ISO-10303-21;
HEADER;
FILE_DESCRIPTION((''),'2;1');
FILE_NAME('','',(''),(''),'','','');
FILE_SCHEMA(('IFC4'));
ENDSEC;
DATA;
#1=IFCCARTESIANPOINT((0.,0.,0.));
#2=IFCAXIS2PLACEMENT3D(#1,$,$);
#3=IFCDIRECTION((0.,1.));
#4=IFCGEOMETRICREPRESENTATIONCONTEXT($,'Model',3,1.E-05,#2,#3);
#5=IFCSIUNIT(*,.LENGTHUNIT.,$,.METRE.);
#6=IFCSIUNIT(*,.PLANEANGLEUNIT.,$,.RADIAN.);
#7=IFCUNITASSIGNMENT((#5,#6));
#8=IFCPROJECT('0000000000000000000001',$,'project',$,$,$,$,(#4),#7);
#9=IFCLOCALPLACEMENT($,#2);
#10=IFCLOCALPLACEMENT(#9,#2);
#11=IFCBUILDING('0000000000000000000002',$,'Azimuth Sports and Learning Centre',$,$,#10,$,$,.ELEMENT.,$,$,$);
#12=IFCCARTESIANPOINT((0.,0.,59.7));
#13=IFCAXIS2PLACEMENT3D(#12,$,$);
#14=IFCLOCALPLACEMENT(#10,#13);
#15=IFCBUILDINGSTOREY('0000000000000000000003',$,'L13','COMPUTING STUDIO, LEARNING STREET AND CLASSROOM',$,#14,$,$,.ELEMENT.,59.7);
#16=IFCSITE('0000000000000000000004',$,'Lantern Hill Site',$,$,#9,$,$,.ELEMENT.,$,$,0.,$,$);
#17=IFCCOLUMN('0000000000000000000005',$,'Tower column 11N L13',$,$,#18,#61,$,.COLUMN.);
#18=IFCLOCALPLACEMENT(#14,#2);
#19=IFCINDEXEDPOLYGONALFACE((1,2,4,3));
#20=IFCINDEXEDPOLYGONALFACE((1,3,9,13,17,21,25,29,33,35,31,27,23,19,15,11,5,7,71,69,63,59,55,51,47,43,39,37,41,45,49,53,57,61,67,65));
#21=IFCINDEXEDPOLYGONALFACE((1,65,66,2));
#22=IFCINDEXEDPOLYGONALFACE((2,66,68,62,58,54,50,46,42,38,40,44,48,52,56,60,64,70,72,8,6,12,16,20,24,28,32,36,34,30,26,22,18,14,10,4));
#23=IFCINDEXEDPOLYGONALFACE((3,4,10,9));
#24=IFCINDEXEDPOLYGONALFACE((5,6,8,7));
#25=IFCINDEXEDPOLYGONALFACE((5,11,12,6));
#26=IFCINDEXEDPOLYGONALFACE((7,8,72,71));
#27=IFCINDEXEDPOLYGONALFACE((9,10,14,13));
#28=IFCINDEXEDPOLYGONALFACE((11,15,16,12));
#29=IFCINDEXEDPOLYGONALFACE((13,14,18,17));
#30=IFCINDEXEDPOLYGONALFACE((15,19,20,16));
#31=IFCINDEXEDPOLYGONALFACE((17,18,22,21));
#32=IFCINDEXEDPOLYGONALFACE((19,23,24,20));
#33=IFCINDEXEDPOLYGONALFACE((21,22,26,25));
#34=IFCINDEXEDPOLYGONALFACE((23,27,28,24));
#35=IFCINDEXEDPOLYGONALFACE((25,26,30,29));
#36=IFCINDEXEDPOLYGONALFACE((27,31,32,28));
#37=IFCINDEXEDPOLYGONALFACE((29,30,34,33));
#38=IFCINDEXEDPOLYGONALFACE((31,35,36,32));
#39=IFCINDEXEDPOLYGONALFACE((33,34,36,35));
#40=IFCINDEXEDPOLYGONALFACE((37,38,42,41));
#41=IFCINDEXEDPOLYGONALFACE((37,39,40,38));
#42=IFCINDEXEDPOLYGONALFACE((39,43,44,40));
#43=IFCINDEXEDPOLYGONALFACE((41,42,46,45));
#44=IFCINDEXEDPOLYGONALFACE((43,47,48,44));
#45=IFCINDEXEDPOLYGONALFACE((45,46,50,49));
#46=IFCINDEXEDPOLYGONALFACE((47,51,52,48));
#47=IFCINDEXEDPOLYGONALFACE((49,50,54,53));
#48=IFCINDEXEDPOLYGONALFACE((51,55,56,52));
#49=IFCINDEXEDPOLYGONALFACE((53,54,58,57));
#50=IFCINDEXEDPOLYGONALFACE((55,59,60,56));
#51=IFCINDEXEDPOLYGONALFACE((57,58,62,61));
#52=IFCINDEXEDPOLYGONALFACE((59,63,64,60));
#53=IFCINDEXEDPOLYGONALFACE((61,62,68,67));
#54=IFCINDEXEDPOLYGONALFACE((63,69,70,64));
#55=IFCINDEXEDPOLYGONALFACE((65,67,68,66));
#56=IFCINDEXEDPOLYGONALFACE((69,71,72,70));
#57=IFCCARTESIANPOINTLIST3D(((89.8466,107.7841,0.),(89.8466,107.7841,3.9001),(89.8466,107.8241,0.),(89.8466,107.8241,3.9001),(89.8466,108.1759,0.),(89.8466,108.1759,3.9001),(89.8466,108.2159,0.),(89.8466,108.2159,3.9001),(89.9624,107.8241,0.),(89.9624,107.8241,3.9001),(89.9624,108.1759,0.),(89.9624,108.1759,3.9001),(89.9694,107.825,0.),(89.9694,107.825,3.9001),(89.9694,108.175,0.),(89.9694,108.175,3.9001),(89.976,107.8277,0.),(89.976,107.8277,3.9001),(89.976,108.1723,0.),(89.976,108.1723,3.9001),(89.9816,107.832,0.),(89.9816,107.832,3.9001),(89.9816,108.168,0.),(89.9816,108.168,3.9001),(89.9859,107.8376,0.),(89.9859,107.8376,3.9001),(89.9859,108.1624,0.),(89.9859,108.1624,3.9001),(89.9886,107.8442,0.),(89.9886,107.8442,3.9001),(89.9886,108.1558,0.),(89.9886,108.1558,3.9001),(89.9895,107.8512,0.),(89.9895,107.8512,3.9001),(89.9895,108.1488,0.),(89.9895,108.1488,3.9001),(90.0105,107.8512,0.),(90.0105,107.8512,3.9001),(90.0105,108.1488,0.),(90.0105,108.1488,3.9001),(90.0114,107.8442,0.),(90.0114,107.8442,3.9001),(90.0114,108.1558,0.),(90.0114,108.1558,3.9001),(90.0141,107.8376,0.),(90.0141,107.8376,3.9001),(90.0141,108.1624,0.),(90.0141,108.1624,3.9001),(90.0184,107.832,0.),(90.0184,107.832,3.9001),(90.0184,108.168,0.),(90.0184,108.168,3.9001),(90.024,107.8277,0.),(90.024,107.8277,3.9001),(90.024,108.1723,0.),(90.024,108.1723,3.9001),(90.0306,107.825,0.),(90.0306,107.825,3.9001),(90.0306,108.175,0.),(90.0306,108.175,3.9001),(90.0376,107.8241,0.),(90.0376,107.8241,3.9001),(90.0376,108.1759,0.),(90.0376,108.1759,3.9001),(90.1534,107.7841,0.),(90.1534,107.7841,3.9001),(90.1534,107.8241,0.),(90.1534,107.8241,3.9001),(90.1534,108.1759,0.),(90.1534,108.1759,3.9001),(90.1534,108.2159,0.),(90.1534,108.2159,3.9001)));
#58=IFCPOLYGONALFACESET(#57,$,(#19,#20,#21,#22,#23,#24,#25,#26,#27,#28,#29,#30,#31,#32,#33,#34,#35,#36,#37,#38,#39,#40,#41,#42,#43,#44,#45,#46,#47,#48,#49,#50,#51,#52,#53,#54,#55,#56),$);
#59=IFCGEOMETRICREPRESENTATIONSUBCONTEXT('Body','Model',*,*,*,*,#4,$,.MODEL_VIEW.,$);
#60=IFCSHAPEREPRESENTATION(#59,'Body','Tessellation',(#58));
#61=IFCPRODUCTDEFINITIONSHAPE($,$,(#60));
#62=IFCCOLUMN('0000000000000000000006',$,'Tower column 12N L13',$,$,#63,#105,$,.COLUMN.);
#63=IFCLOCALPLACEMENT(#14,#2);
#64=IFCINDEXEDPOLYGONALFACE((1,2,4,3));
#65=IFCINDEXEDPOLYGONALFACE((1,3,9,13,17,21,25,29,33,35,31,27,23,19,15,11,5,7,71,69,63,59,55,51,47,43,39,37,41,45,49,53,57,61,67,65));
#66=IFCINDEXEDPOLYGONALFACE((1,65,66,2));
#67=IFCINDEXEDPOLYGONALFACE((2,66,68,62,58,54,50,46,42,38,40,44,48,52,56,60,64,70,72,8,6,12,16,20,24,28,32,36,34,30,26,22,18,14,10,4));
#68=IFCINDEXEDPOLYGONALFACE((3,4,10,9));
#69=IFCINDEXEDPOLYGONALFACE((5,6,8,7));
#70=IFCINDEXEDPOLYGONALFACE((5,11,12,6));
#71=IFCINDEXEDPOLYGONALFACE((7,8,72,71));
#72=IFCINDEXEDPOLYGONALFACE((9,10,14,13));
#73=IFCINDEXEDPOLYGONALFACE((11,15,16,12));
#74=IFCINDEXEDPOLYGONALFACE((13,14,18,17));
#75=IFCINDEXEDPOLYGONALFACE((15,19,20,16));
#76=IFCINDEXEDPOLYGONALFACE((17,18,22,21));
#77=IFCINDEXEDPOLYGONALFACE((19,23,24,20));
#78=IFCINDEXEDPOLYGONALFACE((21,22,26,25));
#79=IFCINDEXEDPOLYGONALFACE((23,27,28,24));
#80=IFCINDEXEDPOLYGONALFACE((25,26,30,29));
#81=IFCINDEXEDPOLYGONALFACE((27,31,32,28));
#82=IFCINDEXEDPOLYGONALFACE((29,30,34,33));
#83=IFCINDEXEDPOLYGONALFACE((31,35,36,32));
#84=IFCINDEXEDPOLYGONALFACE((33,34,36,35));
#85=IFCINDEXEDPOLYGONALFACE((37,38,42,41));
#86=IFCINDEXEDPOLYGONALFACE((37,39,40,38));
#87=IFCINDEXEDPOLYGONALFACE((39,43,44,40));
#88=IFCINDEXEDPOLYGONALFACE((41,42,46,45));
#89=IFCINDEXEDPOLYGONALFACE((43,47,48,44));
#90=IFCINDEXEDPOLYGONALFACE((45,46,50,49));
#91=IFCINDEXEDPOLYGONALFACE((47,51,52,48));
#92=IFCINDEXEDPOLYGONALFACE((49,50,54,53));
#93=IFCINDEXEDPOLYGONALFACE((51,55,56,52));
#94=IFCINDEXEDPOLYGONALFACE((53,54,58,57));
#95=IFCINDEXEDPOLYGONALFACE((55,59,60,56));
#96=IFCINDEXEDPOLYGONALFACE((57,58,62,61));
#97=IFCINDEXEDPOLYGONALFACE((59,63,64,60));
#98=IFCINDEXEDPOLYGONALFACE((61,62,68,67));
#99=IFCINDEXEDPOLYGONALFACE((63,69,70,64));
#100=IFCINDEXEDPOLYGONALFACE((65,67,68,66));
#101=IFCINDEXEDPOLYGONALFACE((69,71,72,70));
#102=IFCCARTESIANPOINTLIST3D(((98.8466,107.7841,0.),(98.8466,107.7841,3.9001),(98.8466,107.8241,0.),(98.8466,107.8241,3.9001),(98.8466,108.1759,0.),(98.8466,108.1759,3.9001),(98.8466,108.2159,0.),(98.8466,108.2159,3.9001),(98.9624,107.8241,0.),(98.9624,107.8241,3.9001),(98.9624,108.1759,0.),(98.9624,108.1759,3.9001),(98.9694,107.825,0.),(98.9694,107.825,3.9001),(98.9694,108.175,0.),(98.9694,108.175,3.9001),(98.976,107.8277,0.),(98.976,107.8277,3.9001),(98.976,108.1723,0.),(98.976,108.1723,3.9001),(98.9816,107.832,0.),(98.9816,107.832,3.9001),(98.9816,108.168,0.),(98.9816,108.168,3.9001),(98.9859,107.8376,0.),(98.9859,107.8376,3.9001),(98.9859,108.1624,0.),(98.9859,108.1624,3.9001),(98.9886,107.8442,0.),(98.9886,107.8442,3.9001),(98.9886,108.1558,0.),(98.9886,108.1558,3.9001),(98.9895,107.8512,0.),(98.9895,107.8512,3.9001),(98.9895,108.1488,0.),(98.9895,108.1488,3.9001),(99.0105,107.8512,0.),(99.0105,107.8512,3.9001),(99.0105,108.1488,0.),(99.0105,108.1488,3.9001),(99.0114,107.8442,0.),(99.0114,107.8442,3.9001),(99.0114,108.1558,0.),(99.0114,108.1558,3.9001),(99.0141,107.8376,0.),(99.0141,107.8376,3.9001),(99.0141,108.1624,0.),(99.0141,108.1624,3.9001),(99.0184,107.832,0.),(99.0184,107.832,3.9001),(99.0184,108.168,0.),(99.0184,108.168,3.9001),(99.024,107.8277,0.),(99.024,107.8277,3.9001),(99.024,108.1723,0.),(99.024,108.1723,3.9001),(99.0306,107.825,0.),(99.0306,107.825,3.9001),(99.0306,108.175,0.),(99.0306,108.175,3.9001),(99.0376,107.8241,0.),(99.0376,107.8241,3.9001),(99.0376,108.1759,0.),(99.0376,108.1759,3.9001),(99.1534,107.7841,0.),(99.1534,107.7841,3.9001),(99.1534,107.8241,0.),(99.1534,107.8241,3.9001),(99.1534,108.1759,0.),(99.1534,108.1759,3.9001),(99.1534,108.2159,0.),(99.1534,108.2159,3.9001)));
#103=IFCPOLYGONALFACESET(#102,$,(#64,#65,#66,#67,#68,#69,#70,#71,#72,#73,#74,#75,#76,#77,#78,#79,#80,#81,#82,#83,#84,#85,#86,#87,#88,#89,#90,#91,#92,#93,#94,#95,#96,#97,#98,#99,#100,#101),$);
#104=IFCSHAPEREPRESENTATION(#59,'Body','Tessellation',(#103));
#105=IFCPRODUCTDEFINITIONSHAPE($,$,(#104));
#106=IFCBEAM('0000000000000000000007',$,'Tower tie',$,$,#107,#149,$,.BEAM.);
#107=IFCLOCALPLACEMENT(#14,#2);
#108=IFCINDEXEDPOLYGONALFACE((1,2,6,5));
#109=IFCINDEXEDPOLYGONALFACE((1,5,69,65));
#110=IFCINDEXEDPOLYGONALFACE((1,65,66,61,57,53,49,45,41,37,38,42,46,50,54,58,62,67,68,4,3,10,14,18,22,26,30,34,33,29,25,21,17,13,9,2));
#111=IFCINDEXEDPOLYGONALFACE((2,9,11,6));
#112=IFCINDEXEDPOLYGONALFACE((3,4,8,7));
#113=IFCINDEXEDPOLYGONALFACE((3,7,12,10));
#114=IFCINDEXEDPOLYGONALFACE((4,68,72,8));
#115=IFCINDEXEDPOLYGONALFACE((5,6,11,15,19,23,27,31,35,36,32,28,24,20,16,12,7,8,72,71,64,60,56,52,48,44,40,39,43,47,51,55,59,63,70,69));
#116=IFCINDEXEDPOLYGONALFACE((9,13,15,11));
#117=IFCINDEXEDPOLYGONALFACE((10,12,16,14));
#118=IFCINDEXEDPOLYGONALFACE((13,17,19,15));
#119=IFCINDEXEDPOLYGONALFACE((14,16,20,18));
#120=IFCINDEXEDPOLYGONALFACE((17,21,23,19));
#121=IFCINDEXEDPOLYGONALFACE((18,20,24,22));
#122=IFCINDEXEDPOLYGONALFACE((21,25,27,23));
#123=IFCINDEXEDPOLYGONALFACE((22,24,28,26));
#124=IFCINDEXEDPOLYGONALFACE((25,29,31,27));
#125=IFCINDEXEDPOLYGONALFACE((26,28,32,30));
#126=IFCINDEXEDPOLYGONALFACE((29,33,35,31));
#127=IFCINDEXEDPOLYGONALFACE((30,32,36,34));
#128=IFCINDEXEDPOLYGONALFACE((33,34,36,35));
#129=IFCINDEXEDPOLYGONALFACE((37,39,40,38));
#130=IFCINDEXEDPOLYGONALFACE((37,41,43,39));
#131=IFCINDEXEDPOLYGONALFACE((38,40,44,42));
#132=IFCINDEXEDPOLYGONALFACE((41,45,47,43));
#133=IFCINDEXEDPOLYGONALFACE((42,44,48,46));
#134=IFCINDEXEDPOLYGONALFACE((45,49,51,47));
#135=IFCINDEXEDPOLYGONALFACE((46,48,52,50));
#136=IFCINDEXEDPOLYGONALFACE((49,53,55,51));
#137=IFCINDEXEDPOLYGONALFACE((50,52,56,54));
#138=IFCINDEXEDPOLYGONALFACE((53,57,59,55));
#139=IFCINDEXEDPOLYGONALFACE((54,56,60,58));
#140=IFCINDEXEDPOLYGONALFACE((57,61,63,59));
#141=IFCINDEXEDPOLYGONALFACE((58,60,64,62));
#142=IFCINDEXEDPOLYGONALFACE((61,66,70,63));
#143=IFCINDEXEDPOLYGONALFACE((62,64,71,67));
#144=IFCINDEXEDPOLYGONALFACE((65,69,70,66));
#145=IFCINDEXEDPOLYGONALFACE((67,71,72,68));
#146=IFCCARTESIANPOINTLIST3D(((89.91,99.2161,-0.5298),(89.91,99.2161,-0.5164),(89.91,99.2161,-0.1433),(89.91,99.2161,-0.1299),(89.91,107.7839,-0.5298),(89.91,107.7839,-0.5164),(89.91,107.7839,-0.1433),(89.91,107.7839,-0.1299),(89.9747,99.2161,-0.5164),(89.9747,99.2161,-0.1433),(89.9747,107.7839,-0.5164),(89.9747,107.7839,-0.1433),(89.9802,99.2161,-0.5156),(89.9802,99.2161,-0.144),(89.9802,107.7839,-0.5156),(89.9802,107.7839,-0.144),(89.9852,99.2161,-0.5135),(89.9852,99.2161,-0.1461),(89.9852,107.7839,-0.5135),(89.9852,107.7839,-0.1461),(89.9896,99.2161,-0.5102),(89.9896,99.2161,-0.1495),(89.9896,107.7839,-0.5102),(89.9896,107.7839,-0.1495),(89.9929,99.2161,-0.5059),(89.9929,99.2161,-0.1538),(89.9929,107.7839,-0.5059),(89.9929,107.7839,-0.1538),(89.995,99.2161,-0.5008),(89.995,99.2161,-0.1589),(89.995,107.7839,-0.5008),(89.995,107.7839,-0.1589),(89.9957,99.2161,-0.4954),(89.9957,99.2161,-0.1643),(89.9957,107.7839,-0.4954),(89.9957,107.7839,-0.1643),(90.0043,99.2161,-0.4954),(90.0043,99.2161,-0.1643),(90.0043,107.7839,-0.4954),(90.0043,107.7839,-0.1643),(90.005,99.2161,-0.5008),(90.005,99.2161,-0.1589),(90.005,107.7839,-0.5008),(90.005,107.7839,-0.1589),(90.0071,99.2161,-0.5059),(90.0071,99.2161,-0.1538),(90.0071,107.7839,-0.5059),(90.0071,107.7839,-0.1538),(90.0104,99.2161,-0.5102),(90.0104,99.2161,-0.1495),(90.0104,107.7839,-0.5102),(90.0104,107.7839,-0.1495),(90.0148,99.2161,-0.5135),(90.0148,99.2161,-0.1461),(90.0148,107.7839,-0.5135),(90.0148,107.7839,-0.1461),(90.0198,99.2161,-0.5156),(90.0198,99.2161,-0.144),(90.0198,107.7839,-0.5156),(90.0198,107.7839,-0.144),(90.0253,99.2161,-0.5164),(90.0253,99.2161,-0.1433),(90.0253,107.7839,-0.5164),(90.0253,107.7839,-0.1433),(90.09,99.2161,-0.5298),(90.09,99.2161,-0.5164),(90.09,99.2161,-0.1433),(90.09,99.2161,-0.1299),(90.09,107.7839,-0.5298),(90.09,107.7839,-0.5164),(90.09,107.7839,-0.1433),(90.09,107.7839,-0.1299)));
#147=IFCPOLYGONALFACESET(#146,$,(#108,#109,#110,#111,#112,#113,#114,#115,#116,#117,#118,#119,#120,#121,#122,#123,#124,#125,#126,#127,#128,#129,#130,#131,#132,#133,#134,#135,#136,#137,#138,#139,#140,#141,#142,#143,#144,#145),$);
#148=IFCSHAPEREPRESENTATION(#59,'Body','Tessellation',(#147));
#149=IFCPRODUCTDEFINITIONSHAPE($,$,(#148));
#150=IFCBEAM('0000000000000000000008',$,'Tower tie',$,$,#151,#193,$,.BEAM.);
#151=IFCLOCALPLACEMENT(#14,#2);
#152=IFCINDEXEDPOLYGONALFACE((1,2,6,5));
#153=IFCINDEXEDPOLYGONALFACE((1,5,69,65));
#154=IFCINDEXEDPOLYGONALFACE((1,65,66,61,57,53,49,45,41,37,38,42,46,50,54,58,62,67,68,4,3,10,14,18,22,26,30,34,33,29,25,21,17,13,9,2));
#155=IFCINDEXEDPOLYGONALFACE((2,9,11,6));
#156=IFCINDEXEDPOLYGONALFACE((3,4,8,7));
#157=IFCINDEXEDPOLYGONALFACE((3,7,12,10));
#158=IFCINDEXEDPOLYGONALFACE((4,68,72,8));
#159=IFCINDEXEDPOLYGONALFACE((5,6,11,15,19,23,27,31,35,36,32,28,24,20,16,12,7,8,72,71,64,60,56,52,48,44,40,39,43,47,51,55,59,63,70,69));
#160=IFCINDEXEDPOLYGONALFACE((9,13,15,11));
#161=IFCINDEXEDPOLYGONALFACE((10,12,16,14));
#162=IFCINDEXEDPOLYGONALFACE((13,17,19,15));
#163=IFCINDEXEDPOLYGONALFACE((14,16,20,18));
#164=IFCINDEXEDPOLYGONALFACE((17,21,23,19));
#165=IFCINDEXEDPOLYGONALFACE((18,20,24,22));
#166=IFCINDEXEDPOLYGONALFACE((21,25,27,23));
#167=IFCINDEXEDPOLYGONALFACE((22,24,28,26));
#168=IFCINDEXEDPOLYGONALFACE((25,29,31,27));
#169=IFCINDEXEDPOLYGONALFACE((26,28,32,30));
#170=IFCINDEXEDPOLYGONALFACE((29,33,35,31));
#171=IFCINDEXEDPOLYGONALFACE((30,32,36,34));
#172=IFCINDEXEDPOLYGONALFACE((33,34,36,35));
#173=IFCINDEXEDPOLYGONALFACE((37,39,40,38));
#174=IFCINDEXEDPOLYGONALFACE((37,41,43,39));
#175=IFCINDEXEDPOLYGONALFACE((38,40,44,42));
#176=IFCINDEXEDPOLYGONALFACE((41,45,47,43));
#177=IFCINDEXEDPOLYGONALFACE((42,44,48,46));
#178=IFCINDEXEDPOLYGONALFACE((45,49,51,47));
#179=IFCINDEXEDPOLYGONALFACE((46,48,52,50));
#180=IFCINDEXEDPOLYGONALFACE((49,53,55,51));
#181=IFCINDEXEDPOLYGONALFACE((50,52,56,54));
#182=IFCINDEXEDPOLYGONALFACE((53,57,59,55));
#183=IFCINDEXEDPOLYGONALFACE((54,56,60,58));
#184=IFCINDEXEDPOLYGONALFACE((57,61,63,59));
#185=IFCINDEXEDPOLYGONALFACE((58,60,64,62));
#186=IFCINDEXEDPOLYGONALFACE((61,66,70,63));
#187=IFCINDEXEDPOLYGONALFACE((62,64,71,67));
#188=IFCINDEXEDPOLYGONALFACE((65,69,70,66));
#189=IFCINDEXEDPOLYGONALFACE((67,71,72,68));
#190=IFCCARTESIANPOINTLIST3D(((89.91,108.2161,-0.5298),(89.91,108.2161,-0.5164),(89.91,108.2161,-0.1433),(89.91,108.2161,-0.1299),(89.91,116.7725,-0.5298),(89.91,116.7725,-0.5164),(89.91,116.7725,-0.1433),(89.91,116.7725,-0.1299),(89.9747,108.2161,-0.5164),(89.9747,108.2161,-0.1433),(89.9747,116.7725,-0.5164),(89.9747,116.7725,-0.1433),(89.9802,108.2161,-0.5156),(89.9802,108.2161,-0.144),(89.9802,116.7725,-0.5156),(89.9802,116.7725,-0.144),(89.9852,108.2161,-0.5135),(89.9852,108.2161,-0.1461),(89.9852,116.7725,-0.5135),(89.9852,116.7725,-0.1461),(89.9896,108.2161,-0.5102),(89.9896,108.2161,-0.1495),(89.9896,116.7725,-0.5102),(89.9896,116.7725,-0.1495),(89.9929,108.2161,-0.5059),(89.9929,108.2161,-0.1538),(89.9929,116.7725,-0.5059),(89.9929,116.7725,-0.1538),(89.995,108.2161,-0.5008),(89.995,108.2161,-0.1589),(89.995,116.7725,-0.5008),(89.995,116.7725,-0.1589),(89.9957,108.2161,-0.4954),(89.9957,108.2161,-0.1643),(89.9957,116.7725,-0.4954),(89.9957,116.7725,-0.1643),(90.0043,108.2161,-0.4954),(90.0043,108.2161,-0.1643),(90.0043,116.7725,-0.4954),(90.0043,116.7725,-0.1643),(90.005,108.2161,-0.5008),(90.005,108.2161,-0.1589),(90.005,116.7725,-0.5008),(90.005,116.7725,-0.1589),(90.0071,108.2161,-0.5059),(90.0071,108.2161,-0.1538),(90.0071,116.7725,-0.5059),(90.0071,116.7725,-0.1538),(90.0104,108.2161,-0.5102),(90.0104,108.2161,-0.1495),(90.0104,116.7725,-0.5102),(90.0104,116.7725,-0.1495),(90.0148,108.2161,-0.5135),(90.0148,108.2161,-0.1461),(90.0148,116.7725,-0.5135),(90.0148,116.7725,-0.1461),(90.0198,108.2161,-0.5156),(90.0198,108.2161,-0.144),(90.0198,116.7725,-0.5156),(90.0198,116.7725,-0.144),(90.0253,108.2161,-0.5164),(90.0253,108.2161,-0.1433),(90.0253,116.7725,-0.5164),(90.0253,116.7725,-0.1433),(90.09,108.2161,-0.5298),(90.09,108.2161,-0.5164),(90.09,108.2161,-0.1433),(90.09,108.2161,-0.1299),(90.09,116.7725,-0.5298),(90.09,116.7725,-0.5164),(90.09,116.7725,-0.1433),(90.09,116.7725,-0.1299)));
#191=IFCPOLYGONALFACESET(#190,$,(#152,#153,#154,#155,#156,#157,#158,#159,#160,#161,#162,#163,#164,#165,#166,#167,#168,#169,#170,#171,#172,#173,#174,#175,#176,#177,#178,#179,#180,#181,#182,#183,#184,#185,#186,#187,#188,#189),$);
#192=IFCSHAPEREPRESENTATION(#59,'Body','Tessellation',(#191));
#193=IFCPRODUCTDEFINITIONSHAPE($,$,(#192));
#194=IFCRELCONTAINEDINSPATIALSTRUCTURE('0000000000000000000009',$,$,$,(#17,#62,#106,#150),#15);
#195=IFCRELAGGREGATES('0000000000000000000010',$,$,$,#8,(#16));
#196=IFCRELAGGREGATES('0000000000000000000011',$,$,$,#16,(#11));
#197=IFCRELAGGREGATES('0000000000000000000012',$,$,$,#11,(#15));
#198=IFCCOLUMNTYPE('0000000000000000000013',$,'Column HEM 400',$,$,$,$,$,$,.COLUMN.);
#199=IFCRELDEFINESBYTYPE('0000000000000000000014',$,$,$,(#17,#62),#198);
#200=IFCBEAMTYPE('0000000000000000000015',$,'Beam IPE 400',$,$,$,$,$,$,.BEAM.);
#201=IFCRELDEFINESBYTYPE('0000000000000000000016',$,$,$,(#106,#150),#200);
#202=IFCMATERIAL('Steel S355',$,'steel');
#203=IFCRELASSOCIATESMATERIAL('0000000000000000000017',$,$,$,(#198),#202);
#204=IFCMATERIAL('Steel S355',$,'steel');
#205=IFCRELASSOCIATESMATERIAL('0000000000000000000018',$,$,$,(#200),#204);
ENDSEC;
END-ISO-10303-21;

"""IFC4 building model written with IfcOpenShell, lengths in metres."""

from ifc_helpers import new_model, si_unit, direction, frame, origin, origin_2d, place, context, subcontext, project, spatial, i_section, extrude, material, material_profile, profile_set, type_object, element, save


model = new_model("IFC4")

# Units and contexts
model_context = context("Model", 3, precision=1e-05, world=origin(), true_north=direction((0.0, 1.0)))
body_context = subcontext(model_context, "Body", "Model", "MODEL_VIEW")
ifc_project = project(units=[si_unit("LENGTHUNIT", "METRE"), si_unit("PLANEANGLEUNIT", "RADIAN")], contexts=[model_context])

# Site, building, storey
site_placement = place(None, origin())
site = spatial("IfcSite", under=ifc_project, at=site_placement, Name="Lantern Hill Site", CompositionType="ELEMENT", RefElevation=0.0)
building_placement = place(site_placement, origin())
building = spatial("IfcBuilding", under=site, at=building_placement, Name="Azimuth Sports and Learning Centre", CompositionType="ELEMENT")
storey_placement = place(building_placement, frame((0.0, 0.0, 59.7)))
storey = spatial("IfcBuildingStorey", under=building, at=storey_placement, Name="L13", Description="COMPUTING STUDIO, LEARNING STREET AND CLASSROOM", CompositionType="ELEMENT", Elevation=59.7)

# Columns
ifc_material_1 = material(Name="Steel S355", Category="steel")
ifc_material_profile_1 = material_profile(ifc_material_1, i_section(OverallWidth=0.3069, OverallDepth=0.4319, WebThickness=0.021, FlangeThickness=0.04, FilletRadius=0.0271, at=origin_2d()), Name="HEM 400")
ifc_profile_set_1 = profile_set([ifc_material_profile_1], Name="Steel S355")
column_type = type_object("IfcColumnType", Name="Column HEM 400", PredefinedType="COLUMN", material=ifc_profile_set_1)
for number, where, z_axis, x_axis, name in (
    (1, (90.0, 108.0, 0.0), (0.0, 0.0, 1.0), (1.0, 0.0, 0.0), "Tower column 11N L13"),
    (2, (99.0, 108.0, 0.0), (0.0, 0.0, 1.0), (1.0, 0.0, 0.0), "Tower column 12N L13"),
):
    element("IfcColumn", number, at=place(storey_placement, frame(where, z_axis=z_axis, x_axis=x_axis)), inside=storey, type_object=column_type, Name=name, PredefinedType="COLUMN", context=body_context, shape_type="SweptSolid", body=[
        extrude(i_section(OverallWidth=0.3069, OverallDepth=0.4319, WebThickness=0.021, FlangeThickness=0.04, FilletRadius=0.0271, at=origin_2d()), origin(), (0.0, 0.0, 1.0), 3.9001),
    ])

# Beams
ifc_material_2 = material(Name="Steel S355", Category="steel")
ifc_material_profile_2 = material_profile(ifc_material_2, i_section(OverallWidth=0.1799, OverallDepth=0.3999, WebThickness=0.0085, FlangeThickness=0.0134, FilletRadius=0.021, at=origin_2d()), Name="IPE 400")
ifc_profile_set_2 = profile_set([ifc_material_profile_2], Name="Steel S355")
beam_type_1 = type_object("IfcBeamType", Name="Beam IPE 400", PredefinedType="BEAM", material=ifc_profile_set_2)
beam_1_placement = place(storey_placement, frame((90.0, 99.2161, -0.3298), z_axis=(0.0, 1.0, 0.0), x_axis=(-1.0, 0.0, 0.0)))
element("IfcBeam", 3, at=beam_1_placement, inside=storey, type_object=beam_type_1, Name="Tower tie", PredefinedType="BEAM", context=body_context, shape_type="SweptSolid", body=[
    extrude(i_section(OverallWidth=0.1799, OverallDepth=0.3999, WebThickness=0.0085, FlangeThickness=0.0134, FilletRadius=0.021, at=origin_2d()), origin(), (0.0, 0.0, 1.0), 8.5679),
])
beam_2_placement = place(storey_placement, frame((90.0, 108.2161, -0.3298), z_axis=(0.0, 1.0, 0.0), x_axis=(-1.0, 0.0, 0.0)))
element("IfcBeam", 4, at=beam_2_placement, inside=storey, type_object=beam_type_1, Name="Tower tie", PredefinedType="BEAM", context=body_context, shape_type="SweptSolid", body=[
    extrude(i_section(OverallWidth=0.1799, OverallDepth=0.3999, WebThickness=0.0085, FlangeThickness=0.0134, FilletRadius=0.021, at=origin_2d()), origin(), (0.0, 0.0, 1.0), 8.5564),
])

save(model, "model.ifc")
